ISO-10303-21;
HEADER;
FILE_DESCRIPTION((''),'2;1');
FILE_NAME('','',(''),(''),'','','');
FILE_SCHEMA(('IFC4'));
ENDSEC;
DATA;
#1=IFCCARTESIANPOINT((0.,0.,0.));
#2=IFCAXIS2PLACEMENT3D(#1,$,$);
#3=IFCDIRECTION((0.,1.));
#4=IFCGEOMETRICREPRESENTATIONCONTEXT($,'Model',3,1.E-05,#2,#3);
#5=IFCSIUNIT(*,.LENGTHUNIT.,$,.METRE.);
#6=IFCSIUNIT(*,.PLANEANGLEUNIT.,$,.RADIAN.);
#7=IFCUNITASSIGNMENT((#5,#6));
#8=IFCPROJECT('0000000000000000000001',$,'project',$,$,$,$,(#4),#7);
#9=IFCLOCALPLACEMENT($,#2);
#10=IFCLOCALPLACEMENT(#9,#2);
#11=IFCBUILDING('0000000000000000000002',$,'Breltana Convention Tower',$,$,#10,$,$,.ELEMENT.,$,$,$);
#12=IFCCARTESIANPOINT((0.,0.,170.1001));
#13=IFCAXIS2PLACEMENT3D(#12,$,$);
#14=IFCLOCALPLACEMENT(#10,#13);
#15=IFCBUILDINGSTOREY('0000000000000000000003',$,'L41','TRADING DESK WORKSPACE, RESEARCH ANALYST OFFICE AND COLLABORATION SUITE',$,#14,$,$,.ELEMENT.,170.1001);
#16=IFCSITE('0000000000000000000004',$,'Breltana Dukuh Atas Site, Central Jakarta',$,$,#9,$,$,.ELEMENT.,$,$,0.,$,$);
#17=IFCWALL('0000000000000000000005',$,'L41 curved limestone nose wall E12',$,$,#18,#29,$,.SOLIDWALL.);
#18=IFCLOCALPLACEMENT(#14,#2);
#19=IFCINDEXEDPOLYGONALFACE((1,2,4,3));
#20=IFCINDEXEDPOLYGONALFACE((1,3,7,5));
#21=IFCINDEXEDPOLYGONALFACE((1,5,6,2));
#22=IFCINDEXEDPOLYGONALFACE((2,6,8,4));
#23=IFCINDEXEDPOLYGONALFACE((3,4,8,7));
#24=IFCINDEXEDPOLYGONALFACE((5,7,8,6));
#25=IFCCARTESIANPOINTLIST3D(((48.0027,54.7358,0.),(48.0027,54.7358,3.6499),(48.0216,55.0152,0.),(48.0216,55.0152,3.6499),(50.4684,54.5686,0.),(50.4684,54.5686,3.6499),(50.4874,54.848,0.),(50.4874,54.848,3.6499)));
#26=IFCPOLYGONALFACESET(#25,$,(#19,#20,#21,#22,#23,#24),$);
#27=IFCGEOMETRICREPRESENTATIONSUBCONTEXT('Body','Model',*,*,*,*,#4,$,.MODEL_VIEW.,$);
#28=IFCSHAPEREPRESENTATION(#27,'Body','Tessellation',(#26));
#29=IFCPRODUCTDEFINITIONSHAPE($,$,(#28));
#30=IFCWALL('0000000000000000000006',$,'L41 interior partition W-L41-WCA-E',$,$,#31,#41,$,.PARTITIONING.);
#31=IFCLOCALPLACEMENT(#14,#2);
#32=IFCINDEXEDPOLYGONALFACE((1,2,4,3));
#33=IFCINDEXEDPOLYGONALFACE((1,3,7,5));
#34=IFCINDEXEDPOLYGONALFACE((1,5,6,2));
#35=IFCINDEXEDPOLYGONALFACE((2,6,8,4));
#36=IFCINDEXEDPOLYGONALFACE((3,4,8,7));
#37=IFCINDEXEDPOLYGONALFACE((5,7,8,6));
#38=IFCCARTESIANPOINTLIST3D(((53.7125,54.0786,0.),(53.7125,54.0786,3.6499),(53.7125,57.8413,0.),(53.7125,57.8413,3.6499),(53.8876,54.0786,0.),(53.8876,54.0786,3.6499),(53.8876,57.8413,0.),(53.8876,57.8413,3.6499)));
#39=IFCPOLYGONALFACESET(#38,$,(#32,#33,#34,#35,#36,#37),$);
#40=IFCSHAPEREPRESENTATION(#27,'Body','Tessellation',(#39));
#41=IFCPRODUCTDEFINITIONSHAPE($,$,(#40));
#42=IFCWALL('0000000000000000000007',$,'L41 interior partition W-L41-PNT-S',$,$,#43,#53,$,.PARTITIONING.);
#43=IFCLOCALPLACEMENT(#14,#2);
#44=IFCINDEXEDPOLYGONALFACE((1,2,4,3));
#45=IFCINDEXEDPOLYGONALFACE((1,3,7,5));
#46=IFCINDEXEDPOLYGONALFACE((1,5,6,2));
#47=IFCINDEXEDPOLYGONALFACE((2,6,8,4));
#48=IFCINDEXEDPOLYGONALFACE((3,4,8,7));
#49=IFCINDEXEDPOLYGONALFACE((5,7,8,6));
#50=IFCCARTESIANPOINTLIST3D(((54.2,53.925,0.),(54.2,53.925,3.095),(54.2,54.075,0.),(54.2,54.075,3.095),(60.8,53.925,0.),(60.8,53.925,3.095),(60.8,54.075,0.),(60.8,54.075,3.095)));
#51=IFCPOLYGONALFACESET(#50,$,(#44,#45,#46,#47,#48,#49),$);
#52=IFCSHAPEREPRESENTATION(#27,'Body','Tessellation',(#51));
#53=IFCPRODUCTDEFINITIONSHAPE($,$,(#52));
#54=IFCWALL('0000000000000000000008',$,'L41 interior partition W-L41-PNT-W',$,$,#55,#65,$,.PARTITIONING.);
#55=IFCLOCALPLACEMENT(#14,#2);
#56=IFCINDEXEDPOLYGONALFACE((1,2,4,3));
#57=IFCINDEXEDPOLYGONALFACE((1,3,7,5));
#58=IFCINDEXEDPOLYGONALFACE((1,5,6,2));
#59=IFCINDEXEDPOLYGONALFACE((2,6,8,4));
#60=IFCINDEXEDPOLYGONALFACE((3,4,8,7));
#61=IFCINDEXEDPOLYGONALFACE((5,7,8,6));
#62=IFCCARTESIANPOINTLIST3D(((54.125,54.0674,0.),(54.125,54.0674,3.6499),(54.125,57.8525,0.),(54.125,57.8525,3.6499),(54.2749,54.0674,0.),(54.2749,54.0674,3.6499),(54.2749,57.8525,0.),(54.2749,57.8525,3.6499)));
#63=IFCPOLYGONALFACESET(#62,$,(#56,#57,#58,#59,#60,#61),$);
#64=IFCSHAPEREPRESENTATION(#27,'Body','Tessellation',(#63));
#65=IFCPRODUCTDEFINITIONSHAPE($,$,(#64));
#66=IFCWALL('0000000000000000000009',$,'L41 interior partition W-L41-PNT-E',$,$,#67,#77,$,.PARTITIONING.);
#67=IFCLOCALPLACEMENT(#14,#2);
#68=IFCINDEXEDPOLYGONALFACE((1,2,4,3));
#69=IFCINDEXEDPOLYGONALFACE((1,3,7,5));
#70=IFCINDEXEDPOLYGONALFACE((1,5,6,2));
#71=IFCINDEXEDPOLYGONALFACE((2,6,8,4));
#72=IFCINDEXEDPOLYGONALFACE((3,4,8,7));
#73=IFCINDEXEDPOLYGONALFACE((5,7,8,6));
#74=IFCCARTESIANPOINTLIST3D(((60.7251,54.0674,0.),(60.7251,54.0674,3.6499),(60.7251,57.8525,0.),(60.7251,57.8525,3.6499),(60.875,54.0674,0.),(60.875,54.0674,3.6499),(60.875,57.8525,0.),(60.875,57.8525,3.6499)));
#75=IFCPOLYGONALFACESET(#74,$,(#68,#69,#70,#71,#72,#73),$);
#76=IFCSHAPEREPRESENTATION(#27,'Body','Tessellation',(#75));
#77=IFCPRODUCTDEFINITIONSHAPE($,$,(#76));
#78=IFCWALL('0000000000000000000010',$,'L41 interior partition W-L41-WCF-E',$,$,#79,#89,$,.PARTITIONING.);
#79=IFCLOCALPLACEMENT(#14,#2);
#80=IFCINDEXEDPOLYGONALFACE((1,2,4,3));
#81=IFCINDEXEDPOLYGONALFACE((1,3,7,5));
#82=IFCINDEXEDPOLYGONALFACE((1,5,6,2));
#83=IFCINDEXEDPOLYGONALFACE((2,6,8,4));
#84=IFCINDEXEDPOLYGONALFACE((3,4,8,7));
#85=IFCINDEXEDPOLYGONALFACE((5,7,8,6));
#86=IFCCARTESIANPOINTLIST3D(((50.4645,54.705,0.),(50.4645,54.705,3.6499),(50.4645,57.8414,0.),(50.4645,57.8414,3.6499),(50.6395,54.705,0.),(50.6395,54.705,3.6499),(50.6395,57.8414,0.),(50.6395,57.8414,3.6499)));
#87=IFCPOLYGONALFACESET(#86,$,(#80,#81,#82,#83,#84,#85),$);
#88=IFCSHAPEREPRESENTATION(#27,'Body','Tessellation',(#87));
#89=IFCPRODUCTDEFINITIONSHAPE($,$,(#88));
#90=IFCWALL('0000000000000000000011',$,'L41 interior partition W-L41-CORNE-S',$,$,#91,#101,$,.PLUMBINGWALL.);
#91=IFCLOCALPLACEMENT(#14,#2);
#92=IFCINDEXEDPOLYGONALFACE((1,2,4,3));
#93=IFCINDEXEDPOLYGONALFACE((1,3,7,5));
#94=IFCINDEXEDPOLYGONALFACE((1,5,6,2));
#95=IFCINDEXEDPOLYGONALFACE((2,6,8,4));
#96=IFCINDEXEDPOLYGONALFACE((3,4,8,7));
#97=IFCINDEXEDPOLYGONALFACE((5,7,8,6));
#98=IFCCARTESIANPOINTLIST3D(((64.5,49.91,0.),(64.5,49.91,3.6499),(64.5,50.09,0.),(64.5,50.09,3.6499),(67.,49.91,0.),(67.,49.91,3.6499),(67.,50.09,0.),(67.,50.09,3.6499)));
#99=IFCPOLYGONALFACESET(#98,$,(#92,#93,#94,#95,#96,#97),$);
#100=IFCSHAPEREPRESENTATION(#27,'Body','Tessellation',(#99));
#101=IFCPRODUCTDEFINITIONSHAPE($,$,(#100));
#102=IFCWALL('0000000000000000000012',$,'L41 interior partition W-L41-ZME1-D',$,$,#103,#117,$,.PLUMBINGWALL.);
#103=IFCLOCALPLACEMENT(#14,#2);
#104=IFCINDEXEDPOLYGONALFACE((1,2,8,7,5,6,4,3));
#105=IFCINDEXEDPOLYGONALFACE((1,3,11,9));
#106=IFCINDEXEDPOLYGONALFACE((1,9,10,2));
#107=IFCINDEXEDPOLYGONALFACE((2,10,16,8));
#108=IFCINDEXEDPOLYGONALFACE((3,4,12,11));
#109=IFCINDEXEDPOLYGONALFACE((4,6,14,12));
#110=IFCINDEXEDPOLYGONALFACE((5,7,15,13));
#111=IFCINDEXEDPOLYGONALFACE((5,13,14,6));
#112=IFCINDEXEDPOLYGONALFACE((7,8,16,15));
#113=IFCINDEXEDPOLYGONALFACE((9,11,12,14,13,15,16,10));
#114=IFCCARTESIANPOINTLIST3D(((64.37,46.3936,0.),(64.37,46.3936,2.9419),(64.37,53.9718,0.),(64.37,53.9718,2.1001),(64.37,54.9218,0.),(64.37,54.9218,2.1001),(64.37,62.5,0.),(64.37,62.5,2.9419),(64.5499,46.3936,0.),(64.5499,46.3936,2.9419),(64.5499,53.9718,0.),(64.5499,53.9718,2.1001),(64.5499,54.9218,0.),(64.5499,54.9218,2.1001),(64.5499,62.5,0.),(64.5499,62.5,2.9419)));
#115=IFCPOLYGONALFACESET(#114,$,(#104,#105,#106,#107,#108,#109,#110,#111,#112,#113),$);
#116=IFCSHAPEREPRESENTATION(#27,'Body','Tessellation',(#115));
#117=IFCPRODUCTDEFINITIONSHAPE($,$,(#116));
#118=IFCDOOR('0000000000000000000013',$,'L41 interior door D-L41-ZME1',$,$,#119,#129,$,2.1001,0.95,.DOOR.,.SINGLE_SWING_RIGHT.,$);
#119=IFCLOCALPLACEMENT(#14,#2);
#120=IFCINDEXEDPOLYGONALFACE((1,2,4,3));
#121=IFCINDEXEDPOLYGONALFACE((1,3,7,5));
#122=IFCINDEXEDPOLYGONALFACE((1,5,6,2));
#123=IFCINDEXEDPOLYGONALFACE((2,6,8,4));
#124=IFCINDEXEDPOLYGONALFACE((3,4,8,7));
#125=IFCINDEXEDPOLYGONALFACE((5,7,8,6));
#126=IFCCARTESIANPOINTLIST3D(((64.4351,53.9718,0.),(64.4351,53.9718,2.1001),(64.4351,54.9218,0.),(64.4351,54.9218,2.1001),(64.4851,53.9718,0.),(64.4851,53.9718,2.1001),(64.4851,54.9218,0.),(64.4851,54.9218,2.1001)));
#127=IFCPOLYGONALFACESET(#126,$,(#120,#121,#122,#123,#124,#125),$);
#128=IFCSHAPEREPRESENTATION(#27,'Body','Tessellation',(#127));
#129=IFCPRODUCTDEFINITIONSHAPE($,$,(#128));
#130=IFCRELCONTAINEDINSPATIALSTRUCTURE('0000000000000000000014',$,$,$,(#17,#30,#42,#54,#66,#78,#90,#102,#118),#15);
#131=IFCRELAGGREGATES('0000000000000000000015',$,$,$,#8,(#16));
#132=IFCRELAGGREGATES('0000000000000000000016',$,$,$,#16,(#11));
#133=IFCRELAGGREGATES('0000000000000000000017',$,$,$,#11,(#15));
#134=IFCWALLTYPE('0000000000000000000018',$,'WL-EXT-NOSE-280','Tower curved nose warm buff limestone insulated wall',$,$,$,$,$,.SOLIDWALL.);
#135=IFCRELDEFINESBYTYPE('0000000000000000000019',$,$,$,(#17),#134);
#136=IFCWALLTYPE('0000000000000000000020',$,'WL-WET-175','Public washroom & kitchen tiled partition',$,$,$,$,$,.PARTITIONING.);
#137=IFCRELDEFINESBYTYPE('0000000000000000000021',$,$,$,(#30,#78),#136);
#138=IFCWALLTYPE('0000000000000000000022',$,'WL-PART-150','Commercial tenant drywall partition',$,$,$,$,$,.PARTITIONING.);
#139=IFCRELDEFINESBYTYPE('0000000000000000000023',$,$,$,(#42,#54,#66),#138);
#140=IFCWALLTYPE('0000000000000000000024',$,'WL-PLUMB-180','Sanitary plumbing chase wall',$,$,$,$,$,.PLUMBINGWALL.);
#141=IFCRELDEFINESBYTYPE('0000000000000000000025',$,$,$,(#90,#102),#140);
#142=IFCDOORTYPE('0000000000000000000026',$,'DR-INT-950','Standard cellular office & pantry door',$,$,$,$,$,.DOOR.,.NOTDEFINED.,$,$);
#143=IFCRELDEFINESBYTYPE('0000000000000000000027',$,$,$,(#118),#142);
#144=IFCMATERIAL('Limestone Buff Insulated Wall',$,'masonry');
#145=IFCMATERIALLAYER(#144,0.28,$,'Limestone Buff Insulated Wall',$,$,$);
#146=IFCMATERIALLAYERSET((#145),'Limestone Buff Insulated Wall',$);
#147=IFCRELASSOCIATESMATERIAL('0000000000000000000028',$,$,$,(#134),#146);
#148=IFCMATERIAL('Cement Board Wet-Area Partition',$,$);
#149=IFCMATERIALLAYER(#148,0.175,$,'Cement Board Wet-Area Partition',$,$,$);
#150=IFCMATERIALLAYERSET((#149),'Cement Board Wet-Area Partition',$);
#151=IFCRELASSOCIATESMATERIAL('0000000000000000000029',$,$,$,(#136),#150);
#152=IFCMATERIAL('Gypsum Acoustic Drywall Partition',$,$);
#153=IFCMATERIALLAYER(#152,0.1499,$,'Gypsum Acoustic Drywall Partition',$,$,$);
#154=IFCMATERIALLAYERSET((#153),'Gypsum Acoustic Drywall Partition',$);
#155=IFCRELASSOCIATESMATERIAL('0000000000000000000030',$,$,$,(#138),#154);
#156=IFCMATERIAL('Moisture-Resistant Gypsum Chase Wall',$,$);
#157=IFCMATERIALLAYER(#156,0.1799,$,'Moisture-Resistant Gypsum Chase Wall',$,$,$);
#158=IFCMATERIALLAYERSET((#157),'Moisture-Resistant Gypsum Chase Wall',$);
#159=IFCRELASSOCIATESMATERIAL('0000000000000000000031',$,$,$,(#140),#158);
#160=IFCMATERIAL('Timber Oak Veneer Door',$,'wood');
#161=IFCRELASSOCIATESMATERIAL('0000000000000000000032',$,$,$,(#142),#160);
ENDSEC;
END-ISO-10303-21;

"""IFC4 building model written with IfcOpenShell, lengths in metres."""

from ifc_helpers import new_model, si_unit, direction, frame, frame_2d, origin, place, context, subcontext, project, spatial, rectangle, extrude, source, transform, mapped, material, layer, layer_set, type_object, type_shapes, element, fill, save


model = new_model("IFC4")

# Units and contexts
model_context = context("Model", 3, precision=1e-05, world=origin(), true_north=direction((0.0, 1.0)))
body_context = subcontext(model_context, "Body", "Model", "MODEL_VIEW")
ifc_project = project(units=[si_unit("LENGTHUNIT", "METRE"), si_unit("PLANEANGLEUNIT", "RADIAN")], contexts=[model_context])

# Site, building, storey
site_placement = place(None, origin())
site = spatial("IfcSite", under=ifc_project, at=site_placement, Name="Breltana Dukuh Atas Site, Central Jakarta", CompositionType="ELEMENT", RefElevation=0.0)
building_placement = place(site_placement, origin())
building = spatial("IfcBuilding", under=site, at=building_placement, Name="Breltana Convention Tower", CompositionType="ELEMENT")
storey_placement = place(building_placement, frame((0.0, 0.0, 170.1001)))
storey = spatial("IfcBuildingStorey", under=building, at=storey_placement, Name="L41", Description="TRADING DESK WORKSPACE, RESEARCH ANALYST OFFICE AND COLLABORATION SUITE", CompositionType="ELEMENT", Elevation=170.1001)

# Walls
ifc_material_1 = material(Name="Limestone Buff Insulated Wall", Category="masonry")
ifc_layer_1 = layer(ifc_material_1, 0.28, Name="Limestone Buff Insulated Wall")
ifc_layer_set_1 = layer_set([ifc_layer_1], Name="Limestone Buff Insulated Wall")
wall_type_1 = type_object("IfcWallType", Name="WL-EXT-NOSE-280", Description="Tower curved nose warm buff limestone insulated wall", PredefinedType="SOLIDWALL", material=ifc_layer_set_1)
shared_shape_1 = source(origin(), body_context, "Body", "SweptSolid", [
    extrude(rectangle(XDim=2.4714, YDim=0.28, at=frame_2d((1.2358, 0.0))), origin(), (0.0, 0.0, 1.0), 3.6499),
])
wall_1_placement = place(storey_placement, frame((50.478, 54.7083, 0.0), z_axis=(0.0, 0.0, 1.0), x_axis=(-0.997708, 0.067666, 0.0)))
element("IfcWall", 1, at=wall_1_placement, inside=storey, type_object=wall_type_1, Name="L41 curved limestone nose wall E12", PredefinedType="SOLIDWALL", context=body_context, shape_type="MappedRepresentation", body=[
    mapped(shared_shape_1, transform((0.0, 0.0, 0.0), scale=1.0)),
])
ifc_material_2 = material(Name="Cement Board Wet-Area Partition")
ifc_layer_2 = layer(ifc_material_2, 0.175, Name="Cement Board Wet-Area Partition")
ifc_layer_set_2 = layer_set([ifc_layer_2], Name="Cement Board Wet-Area Partition")
wall_type_2 = type_object("IfcWallType", Name="WL-WET-175", Description="Public washroom & kitchen tiled partition", PredefinedType="PARTITIONING", material=ifc_layer_set_2)
shared_shape_2 = source(origin(), body_context, "Body", "SweptSolid", [
    extrude(rectangle(XDim=3.7627, YDim=0.175, at=frame_2d((1.8813, 0.0))), origin(), (0.0, 0.0, 1.0), 3.6499),
])
wall_2_placement = place(storey_placement, frame((53.8, 54.0786, 0.0), z_axis=(0.0, 0.0, 1.0), x_axis=(0.0, 1.0, 0.0)))
element("IfcWall", 2, at=wall_2_placement, inside=storey, type_object=wall_type_2, Name="L41 interior partition W-L41-WCA-E", PredefinedType="PARTITIONING", context=body_context, shape_type="MappedRepresentation", body=[
    mapped(shared_shape_2, transform((0.0, 0.0, 0.0), scale=1.0)),
])
ifc_material_3 = material(Name="Gypsum Acoustic Drywall Partition")
ifc_layer_3 = layer(ifc_material_3, 0.1499, Name="Gypsum Acoustic Drywall Partition")
ifc_layer_set_3 = layer_set([ifc_layer_3], Name="Gypsum Acoustic Drywall Partition")
wall_type_3 = type_object("IfcWallType", Name="WL-PART-150", Description="Commercial tenant drywall partition", PredefinedType="PARTITIONING", material=ifc_layer_set_3)
shared_shape_3 = source(origin(), body_context, "Body", "SweptSolid", [
    extrude(rectangle(XDim=6.6001, YDim=0.1499, at=frame_2d((3.3, 0.0))), origin(), (0.0, 0.0, 1.0), 3.095),
])
wall_3_placement = place(storey_placement, frame((54.2, 54.0, 0.0), z_axis=(0.0, 0.0, 1.0), x_axis=(1.0, 0.0, 0.0)))
element("IfcWall", 3, at=wall_3_placement, inside=storey, type_object=wall_type_3, Name="L41 interior partition W-L41-PNT-S", PredefinedType="PARTITIONING", context=body_context, shape_type="MappedRepresentation", body=[
    mapped(shared_shape_3, transform((0.0, 0.0, 0.0), scale=1.0)),
])
shared_shape_4 = source(origin(), body_context, "Body", "SweptSolid", [
    extrude(rectangle(XDim=3.7852, YDim=0.1499, at=frame_2d((1.8926, 0.0))), origin(), (0.0, 0.0, 1.0), 3.6499),
])
for number, where, z_axis, x_axis, name in (
    (4, (54.2, 54.0674, 0.0), (0.0, 0.0, 1.0), (0.0, 1.0, 0.0), "L41 interior partition W-L41-PNT-W"),
    (5, (60.8, 54.0674, 0.0), (0.0, 0.0, 1.0), (0.0, 1.0, 0.0), "L41 interior partition W-L41-PNT-E"),
):
    element("IfcWall", number, at=place(storey_placement, frame(where, z_axis=z_axis, x_axis=x_axis)), inside=storey, type_object=wall_type_3, Name=name, PredefinedType="PARTITIONING", context=body_context, shape_type="MappedRepresentation", body=[
        mapped(shared_shape_4, transform((0.0, 0.0, 0.0), scale=1.0)),
    ])
shared_shape_5 = source(origin(), body_context, "Body", "SweptSolid", [
    extrude(rectangle(XDim=3.1365, YDim=0.175, at=frame_2d((1.5684, 0.0))), origin(), (0.0, 0.0, 1.0), 3.6499),
])
wall_4_placement = place(storey_placement, frame((50.552, 54.7048, 0.0), z_axis=(0.0, 0.0, 1.0), x_axis=(0.0, 1.0, 0.0)))
element("IfcWall", 6, at=wall_4_placement, inside=storey, type_object=wall_type_2, Name="L41 interior partition W-L41-WCF-E", PredefinedType="PARTITIONING", context=body_context, shape_type="MappedRepresentation", body=[
    mapped(shared_shape_5, transform((0.0, 0.0, 0.0), scale=1.0)),
])
ifc_material_4 = material(Name="Moisture-Resistant Gypsum Chase Wall")
ifc_layer_4 = layer(ifc_material_4, 0.1799, Name="Moisture-Resistant Gypsum Chase Wall")
ifc_layer_set_4 = layer_set([ifc_layer_4], Name="Moisture-Resistant Gypsum Chase Wall")
wall_type_4 = type_object("IfcWallType", Name="WL-PLUMB-180", Description="Sanitary plumbing chase wall", PredefinedType="PLUMBINGWALL", material=ifc_layer_set_4)
shared_shape_6 = source(origin(), body_context, "Body", "SweptSolid", [
    extrude(rectangle(XDim=2.5, YDim=0.1799, at=frame_2d((1.25, 0.0))), origin(), (0.0, 0.0, 1.0), 3.6499),
])
wall_5_placement = place(storey_placement, frame((64.5, 50.0, 0.0), z_axis=(0.0, 0.0, 1.0), x_axis=(1.0, 0.0, 0.0)))
element("IfcWall", 7, at=wall_5_placement, inside=storey, type_object=wall_type_4, Name="L41 interior partition W-L41-CORNE-S", PredefinedType="PLUMBINGWALL", context=body_context, shape_type="MappedRepresentation", body=[
    mapped(shared_shape_6, transform((0.0, 0.0, 0.0), scale=1.0)),
])

# Wall, opening, door
shared_shape_7 = source(origin(), body_context, "Body", "SweptSolid", [
    extrude(rectangle(XDim=16.1064, YDim=0.1799, at=frame_2d((8.0532, 0.0))), origin(), (0.0, 0.0, 1.0), 2.9419),
])
wall_6_placement = place(storey_placement, frame((64.46, 46.3936, 0.0), z_axis=(0.0, 0.0, 1.0), x_axis=(0.0, 1.0, 0.0)))
wall_6 = element("IfcWall", 8, at=wall_6_placement, inside=storey, type_object=wall_type_4, Name="L41 interior partition W-L41-ZME1-D", PredefinedType="PLUMBINGWALL", context=body_context, shape_type="MappedRepresentation", body=[
    mapped(shared_shape_7, transform((0.0, 0.0, 0.0), scale=1.0)),
])
opening_placement = place(wall_6_placement, frame((7.5781, 0.0, 0.0)))
opening = element("IfcOpeningElement", 9, at=opening_placement, cuts=wall_6, PredefinedType="OPENING", context=body_context, shape_type="SweptSolid", body=[
    extrude(rectangle(XDim=0.95, YDim=2.1001, at=frame_2d((0.4751, 1.05))), frame((0.0, 0.1001, 0.0), z_axis=(0.0, -1.0, 0.0), x_axis=(1.0, 0.0, 0.0)), (0.0, 0.0, 1.0), 0.2),
])
ifc_material_5 = material(Name="Timber Oak Veneer Door", Category="wood")
door_type = type_object("IfcDoorType", Name="DR-INT-950", Description="Standard cellular office & pantry door", OperationType="NOTDEFINED", PredefinedType="DOOR", material=ifc_material_5)
shared_shape_8 = source(origin(), body_context, "Body", "SweptSolid", [
    extrude(rectangle(XDim=0.95, YDim=2.1001, at=frame_2d((0.4751, 1.05))), frame((0.0, 0.0249, 0.0), z_axis=(0.0, -1.0, 0.0), x_axis=(1.0, 0.0, 0.0)), (0.0, 0.0, 1.0), 0.05),
])
type_shapes(door_type, [shared_shape_8])
door_placement = place(opening_placement, origin())
door = element("IfcDoor", 10, at=door_placement, inside=storey, type_object=door_type, Name="L41 interior door D-L41-ZME1", OperationType="SINGLE_SWING_RIGHT", OverallHeight=2.1001, OverallWidth=0.95, PredefinedType="DOOR", context=body_context, shape_type="MappedRepresentation", body=[
    mapped(shared_shape_8, transform((0.0, 0.0, 0.0), scale=1.0)),
])
fill(opening, door)

save(model, "model.ifc")
